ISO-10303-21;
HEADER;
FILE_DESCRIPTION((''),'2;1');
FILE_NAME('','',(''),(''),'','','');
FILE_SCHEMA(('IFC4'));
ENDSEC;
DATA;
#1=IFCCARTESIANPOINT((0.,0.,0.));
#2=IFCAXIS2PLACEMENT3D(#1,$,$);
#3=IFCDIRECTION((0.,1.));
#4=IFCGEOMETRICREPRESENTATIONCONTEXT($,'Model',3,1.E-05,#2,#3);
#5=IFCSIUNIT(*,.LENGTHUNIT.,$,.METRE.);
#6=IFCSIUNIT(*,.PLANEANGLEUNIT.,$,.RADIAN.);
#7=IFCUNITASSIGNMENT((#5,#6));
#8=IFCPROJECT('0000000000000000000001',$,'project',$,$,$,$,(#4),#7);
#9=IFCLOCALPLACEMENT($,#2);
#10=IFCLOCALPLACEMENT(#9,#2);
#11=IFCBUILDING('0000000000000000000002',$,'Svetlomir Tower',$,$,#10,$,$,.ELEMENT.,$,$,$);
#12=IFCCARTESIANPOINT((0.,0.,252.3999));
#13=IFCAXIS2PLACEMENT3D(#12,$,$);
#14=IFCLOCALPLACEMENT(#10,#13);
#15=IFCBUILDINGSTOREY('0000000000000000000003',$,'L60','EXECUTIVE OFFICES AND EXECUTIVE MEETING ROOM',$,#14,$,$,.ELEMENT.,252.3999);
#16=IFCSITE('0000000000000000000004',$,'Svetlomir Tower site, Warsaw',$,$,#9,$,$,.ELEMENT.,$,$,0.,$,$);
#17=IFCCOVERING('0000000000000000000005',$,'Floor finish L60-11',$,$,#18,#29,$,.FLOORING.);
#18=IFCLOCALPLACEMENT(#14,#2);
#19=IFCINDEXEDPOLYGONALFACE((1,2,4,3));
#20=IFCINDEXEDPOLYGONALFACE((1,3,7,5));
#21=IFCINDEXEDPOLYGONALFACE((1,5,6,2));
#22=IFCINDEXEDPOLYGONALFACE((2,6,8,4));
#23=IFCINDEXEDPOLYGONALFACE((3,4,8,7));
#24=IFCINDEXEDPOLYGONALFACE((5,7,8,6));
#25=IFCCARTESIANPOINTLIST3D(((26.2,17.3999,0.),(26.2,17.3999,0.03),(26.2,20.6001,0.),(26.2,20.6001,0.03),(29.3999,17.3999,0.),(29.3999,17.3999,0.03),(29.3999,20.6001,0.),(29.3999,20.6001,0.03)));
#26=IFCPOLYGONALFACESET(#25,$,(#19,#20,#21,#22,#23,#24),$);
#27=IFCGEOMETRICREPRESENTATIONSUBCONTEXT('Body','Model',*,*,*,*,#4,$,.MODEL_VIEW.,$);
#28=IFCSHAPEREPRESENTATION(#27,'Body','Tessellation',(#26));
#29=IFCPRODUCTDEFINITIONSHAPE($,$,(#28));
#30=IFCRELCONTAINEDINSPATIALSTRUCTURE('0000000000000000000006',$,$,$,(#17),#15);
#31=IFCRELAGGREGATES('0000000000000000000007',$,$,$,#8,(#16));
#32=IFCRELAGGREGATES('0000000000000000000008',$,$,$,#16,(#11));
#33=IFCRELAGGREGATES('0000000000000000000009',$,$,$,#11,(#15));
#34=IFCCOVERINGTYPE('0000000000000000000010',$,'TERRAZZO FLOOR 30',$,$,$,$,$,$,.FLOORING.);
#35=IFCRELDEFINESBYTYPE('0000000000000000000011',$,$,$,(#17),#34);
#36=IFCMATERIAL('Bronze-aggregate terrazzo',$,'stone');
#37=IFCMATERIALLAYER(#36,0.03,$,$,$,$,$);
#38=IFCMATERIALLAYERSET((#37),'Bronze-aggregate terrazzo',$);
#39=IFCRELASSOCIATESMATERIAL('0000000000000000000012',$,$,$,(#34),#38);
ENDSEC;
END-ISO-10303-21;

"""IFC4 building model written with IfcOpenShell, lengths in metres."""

from ifc_helpers import new_model, si_unit, direction, frame, origin, place, context, subcontext, project, spatial, polyline, outline, extrude, material, layer, layer_set, type_object, element, save


model = new_model("IFC4")

# Units and contexts
model_context = context("Model", 3, precision=1e-05, world=origin(), true_north=direction((0.0, 1.0)))
body_context = subcontext(model_context, "Body", "Model", "MODEL_VIEW")
ifc_project = project(units=[si_unit("LENGTHUNIT", "METRE"), si_unit("PLANEANGLEUNIT", "RADIAN")], contexts=[model_context])

# Site, building, storey
site_placement = place(None, origin())
site = spatial("IfcSite", under=ifc_project, at=site_placement, Name="Svetlomir Tower site, Warsaw", CompositionType="ELEMENT", RefElevation=0.0)
building_placement = place(site_placement, origin())
building = spatial("IfcBuilding", under=site, at=building_placement, Name="Svetlomir Tower", CompositionType="ELEMENT")
storey_placement = place(building_placement, frame((0.0, 0.0, 252.3999)))
storey = spatial("IfcBuildingStorey", under=building, at=storey_placement, Name="L60", Description="EXECUTIVE OFFICES AND EXECUTIVE MEETING ROOM", CompositionType="ELEMENT", Elevation=252.3999)

# Covering
ifc_material_1 = material(Name="Bronze-aggregate terrazzo", Category="stone")
ifc_layer_1 = layer(ifc_material_1, 0.03)
ifc_layer_set_1 = layer_set([ifc_layer_1], Name="Bronze-aggregate terrazzo")
covering_type_1 = type_object("IfcCoveringType", Name="TERRAZZO FLOOR 30", PredefinedType="FLOORING", material=ifc_layer_set_1)
covering_1_placement = place(storey_placement, origin())
element("IfcCovering", 1, at=covering_1_placement, inside=storey, type_object=covering_type_1, Name="Floor finish L60-11", PredefinedType="FLOORING", context=body_context, shape_type="SweptSolid", body=[
    extrude(outline(polyline([(26.2, 17.3999), (29.3999, 17.3999), (29.3999, 20.6001), (26.2, 20.6001), (26.2, 17.3999)])), origin(), (0.0, 0.0, 1.0), 0.03),
])

save(model, "model.ifc")
